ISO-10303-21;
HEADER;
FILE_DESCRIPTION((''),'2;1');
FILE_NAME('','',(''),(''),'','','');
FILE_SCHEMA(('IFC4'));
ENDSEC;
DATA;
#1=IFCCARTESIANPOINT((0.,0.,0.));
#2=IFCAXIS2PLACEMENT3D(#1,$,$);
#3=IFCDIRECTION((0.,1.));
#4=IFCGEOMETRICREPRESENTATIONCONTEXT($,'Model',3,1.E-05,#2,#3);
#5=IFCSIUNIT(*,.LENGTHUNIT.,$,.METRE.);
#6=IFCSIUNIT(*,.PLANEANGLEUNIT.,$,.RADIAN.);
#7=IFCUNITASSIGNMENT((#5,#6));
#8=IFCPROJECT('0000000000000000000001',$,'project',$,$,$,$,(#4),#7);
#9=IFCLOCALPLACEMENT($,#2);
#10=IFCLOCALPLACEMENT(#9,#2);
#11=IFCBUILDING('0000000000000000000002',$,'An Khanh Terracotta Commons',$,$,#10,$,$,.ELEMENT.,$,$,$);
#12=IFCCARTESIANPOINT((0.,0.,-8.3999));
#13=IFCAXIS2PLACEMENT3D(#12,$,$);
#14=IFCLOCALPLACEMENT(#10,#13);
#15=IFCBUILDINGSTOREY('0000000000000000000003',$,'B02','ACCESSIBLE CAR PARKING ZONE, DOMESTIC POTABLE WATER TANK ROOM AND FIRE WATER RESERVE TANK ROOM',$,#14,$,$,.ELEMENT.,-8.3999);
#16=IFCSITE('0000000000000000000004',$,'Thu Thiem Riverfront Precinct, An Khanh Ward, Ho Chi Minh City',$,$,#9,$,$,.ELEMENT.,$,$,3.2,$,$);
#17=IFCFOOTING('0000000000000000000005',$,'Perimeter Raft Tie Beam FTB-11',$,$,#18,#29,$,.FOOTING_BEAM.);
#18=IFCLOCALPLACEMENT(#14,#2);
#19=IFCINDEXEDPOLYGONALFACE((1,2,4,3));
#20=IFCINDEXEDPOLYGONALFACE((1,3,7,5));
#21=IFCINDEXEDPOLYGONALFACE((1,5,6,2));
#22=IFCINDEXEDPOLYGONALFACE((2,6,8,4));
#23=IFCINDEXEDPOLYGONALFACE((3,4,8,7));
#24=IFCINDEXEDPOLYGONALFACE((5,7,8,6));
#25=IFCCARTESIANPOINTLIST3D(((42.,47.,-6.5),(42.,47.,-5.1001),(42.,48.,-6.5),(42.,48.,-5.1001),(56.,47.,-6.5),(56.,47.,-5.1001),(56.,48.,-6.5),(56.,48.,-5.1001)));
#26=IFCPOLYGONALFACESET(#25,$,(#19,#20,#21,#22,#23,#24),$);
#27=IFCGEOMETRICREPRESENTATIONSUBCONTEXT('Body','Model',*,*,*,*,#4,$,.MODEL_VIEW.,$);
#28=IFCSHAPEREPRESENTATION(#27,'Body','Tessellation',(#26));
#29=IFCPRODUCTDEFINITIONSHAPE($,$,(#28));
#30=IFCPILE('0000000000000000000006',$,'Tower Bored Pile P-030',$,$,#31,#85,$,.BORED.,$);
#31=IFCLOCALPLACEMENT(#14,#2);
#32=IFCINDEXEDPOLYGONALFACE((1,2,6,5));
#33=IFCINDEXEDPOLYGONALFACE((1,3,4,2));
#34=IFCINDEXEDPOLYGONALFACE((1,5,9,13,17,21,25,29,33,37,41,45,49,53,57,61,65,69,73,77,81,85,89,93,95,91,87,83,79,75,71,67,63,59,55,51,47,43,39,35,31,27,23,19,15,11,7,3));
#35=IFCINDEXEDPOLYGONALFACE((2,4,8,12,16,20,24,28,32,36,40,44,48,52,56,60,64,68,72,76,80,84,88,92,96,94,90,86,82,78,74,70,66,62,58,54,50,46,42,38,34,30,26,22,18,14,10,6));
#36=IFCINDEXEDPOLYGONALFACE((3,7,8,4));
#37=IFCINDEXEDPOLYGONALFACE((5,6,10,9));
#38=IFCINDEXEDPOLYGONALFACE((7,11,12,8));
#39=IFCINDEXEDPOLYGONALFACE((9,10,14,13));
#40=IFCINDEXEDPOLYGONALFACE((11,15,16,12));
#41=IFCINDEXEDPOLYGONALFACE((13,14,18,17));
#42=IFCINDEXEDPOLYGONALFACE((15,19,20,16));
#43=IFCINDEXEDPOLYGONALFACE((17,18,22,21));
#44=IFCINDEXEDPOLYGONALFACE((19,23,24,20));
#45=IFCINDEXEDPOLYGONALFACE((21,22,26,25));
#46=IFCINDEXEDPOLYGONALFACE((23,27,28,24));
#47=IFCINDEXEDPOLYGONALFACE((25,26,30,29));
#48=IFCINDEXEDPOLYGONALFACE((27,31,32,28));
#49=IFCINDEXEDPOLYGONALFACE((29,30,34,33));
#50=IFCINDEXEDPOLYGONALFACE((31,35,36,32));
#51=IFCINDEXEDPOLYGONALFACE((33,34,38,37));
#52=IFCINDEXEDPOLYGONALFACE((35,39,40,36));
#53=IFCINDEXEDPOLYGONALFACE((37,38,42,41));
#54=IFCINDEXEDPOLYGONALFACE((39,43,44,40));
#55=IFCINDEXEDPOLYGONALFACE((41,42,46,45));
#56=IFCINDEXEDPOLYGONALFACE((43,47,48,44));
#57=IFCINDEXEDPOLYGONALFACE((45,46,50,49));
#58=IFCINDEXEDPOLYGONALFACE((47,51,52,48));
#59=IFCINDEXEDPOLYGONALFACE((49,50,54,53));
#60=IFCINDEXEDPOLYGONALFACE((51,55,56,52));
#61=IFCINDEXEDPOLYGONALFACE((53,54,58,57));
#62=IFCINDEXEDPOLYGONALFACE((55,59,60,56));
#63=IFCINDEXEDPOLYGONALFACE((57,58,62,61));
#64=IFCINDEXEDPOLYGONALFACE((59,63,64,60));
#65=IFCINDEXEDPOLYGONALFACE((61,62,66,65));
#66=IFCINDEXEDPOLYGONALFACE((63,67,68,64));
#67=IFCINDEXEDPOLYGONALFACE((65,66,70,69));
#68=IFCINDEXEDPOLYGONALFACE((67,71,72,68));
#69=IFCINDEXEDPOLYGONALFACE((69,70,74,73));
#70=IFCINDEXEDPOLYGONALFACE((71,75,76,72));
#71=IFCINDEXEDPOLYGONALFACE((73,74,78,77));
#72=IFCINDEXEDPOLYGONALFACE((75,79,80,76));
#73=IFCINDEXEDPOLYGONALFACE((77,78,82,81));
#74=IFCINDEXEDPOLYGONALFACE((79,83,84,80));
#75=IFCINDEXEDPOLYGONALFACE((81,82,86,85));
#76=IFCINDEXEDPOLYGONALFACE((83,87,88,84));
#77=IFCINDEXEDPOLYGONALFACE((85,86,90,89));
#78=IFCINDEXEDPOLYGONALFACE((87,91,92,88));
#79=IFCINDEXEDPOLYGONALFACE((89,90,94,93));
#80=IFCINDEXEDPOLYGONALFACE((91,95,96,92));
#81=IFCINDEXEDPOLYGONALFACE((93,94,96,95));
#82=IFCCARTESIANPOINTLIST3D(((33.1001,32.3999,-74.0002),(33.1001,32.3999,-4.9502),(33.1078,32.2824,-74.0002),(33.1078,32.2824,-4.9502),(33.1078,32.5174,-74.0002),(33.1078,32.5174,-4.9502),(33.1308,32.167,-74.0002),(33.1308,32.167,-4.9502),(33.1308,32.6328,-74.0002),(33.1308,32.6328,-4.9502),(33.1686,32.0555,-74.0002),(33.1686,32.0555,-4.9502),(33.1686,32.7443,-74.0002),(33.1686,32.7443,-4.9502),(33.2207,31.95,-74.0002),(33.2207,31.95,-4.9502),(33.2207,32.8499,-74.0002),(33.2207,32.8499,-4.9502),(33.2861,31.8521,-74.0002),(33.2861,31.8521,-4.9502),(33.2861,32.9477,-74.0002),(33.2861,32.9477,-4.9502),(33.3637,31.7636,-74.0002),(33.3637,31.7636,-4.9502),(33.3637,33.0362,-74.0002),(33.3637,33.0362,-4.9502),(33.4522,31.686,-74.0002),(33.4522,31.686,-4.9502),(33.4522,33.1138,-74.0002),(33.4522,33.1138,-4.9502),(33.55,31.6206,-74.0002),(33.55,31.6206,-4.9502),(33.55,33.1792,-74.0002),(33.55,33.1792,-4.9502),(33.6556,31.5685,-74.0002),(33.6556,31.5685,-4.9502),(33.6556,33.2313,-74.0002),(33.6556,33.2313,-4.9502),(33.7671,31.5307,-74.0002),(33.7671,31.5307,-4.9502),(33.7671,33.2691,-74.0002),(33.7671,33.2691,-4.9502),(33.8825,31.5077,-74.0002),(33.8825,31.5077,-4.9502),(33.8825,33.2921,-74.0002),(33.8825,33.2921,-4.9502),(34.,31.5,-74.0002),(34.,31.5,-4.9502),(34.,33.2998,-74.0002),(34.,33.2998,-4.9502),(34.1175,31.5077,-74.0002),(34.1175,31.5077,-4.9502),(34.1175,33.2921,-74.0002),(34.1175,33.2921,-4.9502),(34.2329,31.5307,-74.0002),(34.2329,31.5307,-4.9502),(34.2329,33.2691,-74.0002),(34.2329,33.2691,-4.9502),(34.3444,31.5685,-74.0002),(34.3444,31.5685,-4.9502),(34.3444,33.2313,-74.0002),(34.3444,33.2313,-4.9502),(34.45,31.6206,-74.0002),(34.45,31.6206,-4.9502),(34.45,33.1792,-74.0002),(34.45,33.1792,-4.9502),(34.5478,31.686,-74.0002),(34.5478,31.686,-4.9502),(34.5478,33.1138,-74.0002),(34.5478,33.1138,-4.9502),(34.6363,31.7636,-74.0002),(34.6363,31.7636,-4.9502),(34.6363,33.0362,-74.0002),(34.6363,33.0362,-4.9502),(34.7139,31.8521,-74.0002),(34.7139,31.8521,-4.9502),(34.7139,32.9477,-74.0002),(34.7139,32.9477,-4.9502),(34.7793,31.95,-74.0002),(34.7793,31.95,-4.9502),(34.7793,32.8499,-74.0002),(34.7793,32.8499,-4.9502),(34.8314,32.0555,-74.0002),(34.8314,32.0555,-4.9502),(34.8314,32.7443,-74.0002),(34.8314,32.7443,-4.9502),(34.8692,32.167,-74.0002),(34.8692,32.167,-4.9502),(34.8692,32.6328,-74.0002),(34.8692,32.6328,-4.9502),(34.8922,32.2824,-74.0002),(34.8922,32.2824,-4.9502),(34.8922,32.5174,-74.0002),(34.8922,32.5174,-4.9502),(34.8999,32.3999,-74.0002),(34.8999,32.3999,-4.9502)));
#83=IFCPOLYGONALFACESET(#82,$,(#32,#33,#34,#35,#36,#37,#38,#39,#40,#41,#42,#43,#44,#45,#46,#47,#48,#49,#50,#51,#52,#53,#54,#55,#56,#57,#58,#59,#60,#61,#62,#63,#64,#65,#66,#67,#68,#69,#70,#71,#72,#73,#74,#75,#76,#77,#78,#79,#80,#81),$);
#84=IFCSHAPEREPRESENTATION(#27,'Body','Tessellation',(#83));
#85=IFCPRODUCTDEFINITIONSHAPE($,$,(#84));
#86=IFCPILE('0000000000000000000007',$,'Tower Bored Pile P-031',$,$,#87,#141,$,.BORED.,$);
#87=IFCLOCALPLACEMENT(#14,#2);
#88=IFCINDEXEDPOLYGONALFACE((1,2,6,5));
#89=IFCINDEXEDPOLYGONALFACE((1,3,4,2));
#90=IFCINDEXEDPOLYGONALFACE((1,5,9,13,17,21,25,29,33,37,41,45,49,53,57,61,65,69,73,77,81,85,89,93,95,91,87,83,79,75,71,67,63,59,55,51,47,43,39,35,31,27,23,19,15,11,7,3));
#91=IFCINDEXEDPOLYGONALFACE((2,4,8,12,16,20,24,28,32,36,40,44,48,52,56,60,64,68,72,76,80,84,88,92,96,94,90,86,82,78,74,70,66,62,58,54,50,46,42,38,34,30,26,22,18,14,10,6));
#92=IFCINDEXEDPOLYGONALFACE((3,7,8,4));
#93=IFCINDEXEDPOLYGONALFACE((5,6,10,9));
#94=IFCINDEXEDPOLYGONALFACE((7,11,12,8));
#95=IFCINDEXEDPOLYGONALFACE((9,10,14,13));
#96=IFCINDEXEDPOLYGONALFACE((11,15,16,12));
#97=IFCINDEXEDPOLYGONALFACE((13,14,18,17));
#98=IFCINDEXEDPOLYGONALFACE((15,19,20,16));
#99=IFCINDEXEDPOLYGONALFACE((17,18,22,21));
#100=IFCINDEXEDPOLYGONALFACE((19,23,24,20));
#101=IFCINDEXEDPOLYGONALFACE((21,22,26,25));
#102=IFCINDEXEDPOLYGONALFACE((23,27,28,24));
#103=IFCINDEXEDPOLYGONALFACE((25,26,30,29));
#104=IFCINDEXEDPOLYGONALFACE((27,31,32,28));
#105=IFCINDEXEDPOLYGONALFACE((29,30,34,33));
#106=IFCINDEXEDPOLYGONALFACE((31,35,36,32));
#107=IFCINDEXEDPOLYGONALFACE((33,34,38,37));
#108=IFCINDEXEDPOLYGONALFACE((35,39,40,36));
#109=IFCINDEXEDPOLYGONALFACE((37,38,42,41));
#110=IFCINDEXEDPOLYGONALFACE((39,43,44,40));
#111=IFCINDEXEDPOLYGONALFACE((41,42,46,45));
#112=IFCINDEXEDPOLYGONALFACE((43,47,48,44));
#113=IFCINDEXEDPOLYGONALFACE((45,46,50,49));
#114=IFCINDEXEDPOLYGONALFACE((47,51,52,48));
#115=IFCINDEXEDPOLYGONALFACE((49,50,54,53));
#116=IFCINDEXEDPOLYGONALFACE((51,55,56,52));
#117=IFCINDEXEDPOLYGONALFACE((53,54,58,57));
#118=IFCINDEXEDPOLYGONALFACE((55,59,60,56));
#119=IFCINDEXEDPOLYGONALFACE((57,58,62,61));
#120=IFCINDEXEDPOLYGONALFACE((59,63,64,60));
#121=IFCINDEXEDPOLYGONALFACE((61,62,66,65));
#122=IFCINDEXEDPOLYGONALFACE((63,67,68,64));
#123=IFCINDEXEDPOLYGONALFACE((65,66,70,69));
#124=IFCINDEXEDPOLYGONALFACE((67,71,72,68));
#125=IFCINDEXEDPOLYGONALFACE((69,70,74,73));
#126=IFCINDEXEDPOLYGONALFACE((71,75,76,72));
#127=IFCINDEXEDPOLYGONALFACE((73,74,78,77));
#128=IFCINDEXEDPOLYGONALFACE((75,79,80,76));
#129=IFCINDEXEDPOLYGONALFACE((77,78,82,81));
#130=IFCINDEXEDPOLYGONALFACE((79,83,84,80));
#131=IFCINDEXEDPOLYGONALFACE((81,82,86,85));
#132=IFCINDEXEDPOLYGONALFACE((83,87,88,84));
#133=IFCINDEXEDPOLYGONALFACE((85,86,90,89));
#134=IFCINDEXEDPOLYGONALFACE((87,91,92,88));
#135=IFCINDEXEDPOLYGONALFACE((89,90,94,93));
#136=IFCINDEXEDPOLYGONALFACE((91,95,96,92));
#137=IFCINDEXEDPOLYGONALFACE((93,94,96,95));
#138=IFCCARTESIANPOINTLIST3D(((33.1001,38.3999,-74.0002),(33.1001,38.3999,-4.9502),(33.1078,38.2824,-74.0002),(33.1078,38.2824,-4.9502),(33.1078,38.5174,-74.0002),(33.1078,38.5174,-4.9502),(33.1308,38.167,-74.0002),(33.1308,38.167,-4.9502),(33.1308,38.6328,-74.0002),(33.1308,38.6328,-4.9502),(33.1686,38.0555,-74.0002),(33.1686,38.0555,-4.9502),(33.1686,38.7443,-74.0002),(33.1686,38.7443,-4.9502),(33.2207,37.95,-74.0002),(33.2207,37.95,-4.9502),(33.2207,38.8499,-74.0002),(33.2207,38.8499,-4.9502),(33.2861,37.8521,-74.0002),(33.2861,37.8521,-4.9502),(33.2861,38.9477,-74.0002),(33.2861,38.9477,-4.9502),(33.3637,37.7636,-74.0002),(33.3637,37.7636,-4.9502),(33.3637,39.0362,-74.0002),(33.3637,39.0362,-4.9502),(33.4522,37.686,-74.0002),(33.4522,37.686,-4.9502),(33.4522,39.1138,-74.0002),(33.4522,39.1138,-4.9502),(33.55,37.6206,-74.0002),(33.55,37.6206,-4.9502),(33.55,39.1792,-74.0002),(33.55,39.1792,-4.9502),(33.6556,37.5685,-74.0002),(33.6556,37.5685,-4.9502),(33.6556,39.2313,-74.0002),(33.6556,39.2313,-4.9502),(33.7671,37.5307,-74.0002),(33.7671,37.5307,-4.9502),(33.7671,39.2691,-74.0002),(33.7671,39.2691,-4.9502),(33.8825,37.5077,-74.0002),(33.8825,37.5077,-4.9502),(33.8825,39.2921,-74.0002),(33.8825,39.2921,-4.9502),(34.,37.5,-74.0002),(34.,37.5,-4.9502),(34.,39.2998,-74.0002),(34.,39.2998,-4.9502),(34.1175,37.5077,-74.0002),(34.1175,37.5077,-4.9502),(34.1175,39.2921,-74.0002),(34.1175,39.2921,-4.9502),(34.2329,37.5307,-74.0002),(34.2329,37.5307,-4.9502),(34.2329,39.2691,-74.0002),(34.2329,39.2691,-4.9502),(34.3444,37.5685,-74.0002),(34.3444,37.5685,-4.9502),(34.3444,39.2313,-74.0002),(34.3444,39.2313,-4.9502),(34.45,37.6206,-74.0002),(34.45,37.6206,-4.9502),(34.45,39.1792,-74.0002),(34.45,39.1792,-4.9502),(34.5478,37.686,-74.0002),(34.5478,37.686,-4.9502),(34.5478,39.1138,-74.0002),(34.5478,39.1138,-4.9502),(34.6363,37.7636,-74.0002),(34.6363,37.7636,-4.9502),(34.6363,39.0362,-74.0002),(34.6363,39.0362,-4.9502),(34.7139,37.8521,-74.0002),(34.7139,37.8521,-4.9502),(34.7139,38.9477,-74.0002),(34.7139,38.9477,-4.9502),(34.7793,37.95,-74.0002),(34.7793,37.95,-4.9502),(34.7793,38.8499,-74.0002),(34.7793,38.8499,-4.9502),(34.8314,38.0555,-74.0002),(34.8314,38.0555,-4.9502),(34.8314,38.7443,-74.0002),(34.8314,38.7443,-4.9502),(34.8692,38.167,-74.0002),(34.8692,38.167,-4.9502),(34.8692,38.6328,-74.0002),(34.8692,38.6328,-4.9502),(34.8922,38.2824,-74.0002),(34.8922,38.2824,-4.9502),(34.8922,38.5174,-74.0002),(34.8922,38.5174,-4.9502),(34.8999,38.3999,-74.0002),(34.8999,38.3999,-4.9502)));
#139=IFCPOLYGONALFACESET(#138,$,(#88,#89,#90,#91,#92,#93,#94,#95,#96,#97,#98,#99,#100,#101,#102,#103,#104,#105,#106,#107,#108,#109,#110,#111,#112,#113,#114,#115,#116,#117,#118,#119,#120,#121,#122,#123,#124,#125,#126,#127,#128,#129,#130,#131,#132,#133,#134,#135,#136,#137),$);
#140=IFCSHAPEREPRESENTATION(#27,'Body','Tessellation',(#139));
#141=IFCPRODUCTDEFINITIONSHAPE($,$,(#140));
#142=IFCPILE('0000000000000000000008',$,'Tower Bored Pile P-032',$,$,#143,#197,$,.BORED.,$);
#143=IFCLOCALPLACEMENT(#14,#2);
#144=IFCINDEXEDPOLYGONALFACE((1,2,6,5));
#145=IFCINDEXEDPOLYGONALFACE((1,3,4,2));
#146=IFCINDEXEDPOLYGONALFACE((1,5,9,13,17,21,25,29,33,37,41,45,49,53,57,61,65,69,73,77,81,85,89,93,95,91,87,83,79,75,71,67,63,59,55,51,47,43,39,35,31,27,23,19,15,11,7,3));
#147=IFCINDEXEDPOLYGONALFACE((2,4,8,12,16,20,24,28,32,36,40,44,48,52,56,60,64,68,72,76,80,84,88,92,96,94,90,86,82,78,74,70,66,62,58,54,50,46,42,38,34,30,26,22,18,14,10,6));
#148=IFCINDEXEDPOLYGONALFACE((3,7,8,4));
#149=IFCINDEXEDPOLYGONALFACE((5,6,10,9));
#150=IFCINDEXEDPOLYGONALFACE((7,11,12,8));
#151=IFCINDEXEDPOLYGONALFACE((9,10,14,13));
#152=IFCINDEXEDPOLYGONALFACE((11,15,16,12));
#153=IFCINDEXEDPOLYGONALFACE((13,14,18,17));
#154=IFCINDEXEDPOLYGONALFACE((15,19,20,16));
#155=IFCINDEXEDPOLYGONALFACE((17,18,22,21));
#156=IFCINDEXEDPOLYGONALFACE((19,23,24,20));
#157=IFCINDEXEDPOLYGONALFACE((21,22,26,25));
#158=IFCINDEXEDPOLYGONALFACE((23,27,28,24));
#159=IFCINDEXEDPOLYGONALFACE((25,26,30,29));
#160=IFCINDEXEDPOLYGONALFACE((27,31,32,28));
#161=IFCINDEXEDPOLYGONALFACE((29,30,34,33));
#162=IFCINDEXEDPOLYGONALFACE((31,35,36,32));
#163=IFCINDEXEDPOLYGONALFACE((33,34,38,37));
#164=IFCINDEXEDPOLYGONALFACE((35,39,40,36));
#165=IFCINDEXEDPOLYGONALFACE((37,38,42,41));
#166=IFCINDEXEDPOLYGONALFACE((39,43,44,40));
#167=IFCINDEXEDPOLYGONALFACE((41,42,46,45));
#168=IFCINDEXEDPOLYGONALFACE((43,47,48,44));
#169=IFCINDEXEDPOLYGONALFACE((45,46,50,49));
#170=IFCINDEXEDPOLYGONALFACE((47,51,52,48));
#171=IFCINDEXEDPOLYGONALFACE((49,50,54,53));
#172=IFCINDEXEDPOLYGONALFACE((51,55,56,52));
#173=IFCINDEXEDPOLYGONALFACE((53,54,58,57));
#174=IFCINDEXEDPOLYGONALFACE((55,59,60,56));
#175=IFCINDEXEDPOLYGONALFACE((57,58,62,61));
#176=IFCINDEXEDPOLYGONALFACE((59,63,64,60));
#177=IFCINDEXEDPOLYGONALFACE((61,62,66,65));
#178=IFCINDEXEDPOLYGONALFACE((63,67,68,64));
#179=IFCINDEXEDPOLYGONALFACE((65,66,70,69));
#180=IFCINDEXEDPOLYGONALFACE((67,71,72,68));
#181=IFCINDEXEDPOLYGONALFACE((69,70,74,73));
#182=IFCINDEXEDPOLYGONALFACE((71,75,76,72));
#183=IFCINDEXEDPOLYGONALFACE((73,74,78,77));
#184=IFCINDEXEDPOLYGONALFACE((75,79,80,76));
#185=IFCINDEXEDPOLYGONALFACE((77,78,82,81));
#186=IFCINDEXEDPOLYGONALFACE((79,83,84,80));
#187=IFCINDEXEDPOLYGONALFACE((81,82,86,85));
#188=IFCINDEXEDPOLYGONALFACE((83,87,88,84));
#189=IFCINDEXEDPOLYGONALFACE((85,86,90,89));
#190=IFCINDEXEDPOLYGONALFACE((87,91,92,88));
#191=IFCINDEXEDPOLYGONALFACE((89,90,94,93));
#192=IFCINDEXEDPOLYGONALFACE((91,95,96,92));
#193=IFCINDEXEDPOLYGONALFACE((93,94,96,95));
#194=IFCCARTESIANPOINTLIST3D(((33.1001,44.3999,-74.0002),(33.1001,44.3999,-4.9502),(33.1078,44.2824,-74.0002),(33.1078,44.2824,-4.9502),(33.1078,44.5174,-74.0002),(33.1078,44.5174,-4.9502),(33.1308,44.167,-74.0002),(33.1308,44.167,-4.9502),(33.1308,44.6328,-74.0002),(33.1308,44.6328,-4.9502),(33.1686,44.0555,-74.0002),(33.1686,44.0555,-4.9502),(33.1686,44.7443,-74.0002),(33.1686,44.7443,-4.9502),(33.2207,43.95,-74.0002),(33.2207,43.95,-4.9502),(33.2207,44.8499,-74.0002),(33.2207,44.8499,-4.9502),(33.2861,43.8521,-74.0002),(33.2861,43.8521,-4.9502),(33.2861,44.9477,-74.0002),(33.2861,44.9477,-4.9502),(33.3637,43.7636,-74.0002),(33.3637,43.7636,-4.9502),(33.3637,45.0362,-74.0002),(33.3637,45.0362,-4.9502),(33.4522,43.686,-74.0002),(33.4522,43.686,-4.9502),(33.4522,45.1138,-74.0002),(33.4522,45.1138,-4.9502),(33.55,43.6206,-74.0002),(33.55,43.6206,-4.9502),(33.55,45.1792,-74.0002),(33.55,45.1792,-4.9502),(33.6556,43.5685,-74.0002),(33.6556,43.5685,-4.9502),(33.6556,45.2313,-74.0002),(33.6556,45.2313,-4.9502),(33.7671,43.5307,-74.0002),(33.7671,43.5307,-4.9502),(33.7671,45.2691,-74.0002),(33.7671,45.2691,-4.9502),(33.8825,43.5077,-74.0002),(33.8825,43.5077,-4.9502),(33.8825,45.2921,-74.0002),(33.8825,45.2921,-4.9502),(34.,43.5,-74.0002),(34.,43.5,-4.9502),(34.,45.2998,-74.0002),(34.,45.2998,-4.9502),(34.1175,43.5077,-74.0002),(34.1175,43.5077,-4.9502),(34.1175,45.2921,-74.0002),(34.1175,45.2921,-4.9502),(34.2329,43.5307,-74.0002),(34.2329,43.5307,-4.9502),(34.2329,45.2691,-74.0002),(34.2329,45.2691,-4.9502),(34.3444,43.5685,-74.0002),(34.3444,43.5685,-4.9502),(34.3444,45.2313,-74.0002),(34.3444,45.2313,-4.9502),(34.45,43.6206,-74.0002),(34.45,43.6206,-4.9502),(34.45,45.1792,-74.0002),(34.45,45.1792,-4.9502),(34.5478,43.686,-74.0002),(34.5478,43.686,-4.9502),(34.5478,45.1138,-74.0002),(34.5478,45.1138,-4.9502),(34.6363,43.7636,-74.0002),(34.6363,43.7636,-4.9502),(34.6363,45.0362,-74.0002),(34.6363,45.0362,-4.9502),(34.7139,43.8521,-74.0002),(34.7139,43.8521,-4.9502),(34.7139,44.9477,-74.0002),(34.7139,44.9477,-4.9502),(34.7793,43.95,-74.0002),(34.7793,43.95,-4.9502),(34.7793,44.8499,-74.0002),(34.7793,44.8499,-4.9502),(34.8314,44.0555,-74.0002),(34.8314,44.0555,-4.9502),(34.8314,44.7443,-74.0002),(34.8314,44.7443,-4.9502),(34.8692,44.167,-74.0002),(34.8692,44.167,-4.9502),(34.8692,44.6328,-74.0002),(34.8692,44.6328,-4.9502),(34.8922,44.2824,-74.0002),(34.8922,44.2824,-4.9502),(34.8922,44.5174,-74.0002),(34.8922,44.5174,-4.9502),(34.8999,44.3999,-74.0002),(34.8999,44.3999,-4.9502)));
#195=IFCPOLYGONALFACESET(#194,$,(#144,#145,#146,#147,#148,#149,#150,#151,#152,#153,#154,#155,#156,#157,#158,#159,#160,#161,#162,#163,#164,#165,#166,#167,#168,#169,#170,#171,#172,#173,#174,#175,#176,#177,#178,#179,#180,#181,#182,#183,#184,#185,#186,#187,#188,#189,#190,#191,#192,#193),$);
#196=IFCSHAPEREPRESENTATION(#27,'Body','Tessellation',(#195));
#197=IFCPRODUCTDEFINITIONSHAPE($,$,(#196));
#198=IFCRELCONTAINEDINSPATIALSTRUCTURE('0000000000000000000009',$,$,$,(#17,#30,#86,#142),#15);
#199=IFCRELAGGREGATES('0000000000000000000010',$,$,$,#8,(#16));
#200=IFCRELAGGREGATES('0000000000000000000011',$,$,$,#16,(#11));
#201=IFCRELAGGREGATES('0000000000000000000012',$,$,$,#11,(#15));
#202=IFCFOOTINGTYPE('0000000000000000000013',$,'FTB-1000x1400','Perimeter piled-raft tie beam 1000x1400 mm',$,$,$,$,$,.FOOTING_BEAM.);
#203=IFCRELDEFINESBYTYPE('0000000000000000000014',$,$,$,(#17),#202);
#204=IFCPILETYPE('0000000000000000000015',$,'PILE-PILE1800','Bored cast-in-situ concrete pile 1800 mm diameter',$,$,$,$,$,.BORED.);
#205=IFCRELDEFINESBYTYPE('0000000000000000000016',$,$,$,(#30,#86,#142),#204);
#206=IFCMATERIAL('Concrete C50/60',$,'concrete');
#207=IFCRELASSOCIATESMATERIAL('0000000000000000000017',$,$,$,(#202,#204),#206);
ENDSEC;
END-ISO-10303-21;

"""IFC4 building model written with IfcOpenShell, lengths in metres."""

from ifc_helpers import new_model, si_unit, direction, frame, origin, origin_2d, place, context, subcontext, project, spatial, rectangle, circle, extrude, material, material_profile, profile_set, type_object, element, save


model = new_model("IFC4")

# Units and contexts
model_context = context("Model", 3, precision=1e-05, world=origin(), true_north=direction((0.0, 1.0)))
body_context = subcontext(model_context, "Body", "Model", "MODEL_VIEW")
ifc_project = project(units=[si_unit("LENGTHUNIT", "METRE"), si_unit("PLANEANGLEUNIT", "RADIAN")], contexts=[model_context])

# Site, building, storey
site_placement = place(None, origin())
site = spatial("IfcSite", under=ifc_project, at=site_placement, Name="Thu Thiem Riverfront Precinct, An Khanh Ward, Ho Chi Minh City", CompositionType="ELEMENT", RefElevation=3.2)
building_placement = place(site_placement, origin())
building = spatial("IfcBuilding", under=site, at=building_placement, Name="An Khanh Terracotta Commons", CompositionType="ELEMENT")
storey_placement = place(building_placement, frame((0.0, 0.0, -8.3999)))
storey = spatial("IfcBuildingStorey", under=building, at=storey_placement, Name="B02", Description="ACCESSIBLE CAR PARKING ZONE, DOMESTIC POTABLE WATER TANK ROOM AND FIRE WATER RESERVE TANK ROOM", CompositionType="ELEMENT", Elevation=-8.3999)

# Footing
ifc_material_1 = material(Name="Concrete C50/60", Category="concrete")
ifc_material_profile_1 = material_profile(ifc_material_1, rectangle(XDim=1.0, YDim=1.3999, at=origin_2d()), Name="FTB1000x1400")
ifc_profile_set_1 = profile_set([ifc_material_profile_1], Name="Concrete C50/60")
footing_type = type_object("IfcFootingType", Name="FTB-1000x1400", Description="Perimeter piled-raft tie beam 1000x1400 mm", PredefinedType="FOOTING_BEAM", material=ifc_profile_set_1)
footing_placement = place(storey_placement, frame((42.0, 47.5, -5.8), z_axis=(1.0, 0.0, 0.0), x_axis=(0.0, 1.0, 0.0)))
element("IfcFooting", 1, at=footing_placement, inside=storey, type_object=footing_type, Name="Perimeter Raft Tie Beam FTB-11", PredefinedType="FOOTING_BEAM", context=body_context, shape_type="SweptSolid", body=[
    extrude(rectangle(XDim=1.0, YDim=1.3999, at=origin_2d()), origin(), (0.0, 0.0, 1.0), 14.0),
])

# Piles
ifc_material_profile_2 = material_profile(ifc_material_1, circle(Radius=0.8999, at=origin_2d()), Name="PILE1800")
ifc_profile_set_2 = profile_set([ifc_material_profile_2], Name="Concrete C50/60")
pile_type = type_object("IfcPileType", Name="PILE-PILE1800", Description="Bored cast-in-situ concrete pile 1800 mm diameter", PredefinedType="BORED", material=ifc_profile_set_2)
for number, where, z_axis, x_axis, name in (
    (2, (34.0, 32.3999, -4.9502), (0.0, 0.0, -1.0), (1.0, 0.0, 0.0), "Tower Bored Pile P-030"),
    (3, (34.0, 38.3999, -4.9502), (0.0, 0.0, -1.0), (1.0, 0.0, 0.0), "Tower Bored Pile P-031"),
    (4, (34.0, 44.3999, -4.9502), (0.0, 0.0, -1.0), (1.0, 0.0, 0.0), "Tower Bored Pile P-032"),
):
    element("IfcPile", number, at=place(storey_placement, frame(where, z_axis=z_axis, x_axis=x_axis)), inside=storey, type_object=pile_type, Name=name, PredefinedType="BORED", context=body_context, shape_type="SweptSolid", body=[
        extrude(circle(Radius=0.8999, at=origin_2d()), origin(), (0.0, 0.0, 1.0), 69.05),
    ])

save(model, "model.ifc")
